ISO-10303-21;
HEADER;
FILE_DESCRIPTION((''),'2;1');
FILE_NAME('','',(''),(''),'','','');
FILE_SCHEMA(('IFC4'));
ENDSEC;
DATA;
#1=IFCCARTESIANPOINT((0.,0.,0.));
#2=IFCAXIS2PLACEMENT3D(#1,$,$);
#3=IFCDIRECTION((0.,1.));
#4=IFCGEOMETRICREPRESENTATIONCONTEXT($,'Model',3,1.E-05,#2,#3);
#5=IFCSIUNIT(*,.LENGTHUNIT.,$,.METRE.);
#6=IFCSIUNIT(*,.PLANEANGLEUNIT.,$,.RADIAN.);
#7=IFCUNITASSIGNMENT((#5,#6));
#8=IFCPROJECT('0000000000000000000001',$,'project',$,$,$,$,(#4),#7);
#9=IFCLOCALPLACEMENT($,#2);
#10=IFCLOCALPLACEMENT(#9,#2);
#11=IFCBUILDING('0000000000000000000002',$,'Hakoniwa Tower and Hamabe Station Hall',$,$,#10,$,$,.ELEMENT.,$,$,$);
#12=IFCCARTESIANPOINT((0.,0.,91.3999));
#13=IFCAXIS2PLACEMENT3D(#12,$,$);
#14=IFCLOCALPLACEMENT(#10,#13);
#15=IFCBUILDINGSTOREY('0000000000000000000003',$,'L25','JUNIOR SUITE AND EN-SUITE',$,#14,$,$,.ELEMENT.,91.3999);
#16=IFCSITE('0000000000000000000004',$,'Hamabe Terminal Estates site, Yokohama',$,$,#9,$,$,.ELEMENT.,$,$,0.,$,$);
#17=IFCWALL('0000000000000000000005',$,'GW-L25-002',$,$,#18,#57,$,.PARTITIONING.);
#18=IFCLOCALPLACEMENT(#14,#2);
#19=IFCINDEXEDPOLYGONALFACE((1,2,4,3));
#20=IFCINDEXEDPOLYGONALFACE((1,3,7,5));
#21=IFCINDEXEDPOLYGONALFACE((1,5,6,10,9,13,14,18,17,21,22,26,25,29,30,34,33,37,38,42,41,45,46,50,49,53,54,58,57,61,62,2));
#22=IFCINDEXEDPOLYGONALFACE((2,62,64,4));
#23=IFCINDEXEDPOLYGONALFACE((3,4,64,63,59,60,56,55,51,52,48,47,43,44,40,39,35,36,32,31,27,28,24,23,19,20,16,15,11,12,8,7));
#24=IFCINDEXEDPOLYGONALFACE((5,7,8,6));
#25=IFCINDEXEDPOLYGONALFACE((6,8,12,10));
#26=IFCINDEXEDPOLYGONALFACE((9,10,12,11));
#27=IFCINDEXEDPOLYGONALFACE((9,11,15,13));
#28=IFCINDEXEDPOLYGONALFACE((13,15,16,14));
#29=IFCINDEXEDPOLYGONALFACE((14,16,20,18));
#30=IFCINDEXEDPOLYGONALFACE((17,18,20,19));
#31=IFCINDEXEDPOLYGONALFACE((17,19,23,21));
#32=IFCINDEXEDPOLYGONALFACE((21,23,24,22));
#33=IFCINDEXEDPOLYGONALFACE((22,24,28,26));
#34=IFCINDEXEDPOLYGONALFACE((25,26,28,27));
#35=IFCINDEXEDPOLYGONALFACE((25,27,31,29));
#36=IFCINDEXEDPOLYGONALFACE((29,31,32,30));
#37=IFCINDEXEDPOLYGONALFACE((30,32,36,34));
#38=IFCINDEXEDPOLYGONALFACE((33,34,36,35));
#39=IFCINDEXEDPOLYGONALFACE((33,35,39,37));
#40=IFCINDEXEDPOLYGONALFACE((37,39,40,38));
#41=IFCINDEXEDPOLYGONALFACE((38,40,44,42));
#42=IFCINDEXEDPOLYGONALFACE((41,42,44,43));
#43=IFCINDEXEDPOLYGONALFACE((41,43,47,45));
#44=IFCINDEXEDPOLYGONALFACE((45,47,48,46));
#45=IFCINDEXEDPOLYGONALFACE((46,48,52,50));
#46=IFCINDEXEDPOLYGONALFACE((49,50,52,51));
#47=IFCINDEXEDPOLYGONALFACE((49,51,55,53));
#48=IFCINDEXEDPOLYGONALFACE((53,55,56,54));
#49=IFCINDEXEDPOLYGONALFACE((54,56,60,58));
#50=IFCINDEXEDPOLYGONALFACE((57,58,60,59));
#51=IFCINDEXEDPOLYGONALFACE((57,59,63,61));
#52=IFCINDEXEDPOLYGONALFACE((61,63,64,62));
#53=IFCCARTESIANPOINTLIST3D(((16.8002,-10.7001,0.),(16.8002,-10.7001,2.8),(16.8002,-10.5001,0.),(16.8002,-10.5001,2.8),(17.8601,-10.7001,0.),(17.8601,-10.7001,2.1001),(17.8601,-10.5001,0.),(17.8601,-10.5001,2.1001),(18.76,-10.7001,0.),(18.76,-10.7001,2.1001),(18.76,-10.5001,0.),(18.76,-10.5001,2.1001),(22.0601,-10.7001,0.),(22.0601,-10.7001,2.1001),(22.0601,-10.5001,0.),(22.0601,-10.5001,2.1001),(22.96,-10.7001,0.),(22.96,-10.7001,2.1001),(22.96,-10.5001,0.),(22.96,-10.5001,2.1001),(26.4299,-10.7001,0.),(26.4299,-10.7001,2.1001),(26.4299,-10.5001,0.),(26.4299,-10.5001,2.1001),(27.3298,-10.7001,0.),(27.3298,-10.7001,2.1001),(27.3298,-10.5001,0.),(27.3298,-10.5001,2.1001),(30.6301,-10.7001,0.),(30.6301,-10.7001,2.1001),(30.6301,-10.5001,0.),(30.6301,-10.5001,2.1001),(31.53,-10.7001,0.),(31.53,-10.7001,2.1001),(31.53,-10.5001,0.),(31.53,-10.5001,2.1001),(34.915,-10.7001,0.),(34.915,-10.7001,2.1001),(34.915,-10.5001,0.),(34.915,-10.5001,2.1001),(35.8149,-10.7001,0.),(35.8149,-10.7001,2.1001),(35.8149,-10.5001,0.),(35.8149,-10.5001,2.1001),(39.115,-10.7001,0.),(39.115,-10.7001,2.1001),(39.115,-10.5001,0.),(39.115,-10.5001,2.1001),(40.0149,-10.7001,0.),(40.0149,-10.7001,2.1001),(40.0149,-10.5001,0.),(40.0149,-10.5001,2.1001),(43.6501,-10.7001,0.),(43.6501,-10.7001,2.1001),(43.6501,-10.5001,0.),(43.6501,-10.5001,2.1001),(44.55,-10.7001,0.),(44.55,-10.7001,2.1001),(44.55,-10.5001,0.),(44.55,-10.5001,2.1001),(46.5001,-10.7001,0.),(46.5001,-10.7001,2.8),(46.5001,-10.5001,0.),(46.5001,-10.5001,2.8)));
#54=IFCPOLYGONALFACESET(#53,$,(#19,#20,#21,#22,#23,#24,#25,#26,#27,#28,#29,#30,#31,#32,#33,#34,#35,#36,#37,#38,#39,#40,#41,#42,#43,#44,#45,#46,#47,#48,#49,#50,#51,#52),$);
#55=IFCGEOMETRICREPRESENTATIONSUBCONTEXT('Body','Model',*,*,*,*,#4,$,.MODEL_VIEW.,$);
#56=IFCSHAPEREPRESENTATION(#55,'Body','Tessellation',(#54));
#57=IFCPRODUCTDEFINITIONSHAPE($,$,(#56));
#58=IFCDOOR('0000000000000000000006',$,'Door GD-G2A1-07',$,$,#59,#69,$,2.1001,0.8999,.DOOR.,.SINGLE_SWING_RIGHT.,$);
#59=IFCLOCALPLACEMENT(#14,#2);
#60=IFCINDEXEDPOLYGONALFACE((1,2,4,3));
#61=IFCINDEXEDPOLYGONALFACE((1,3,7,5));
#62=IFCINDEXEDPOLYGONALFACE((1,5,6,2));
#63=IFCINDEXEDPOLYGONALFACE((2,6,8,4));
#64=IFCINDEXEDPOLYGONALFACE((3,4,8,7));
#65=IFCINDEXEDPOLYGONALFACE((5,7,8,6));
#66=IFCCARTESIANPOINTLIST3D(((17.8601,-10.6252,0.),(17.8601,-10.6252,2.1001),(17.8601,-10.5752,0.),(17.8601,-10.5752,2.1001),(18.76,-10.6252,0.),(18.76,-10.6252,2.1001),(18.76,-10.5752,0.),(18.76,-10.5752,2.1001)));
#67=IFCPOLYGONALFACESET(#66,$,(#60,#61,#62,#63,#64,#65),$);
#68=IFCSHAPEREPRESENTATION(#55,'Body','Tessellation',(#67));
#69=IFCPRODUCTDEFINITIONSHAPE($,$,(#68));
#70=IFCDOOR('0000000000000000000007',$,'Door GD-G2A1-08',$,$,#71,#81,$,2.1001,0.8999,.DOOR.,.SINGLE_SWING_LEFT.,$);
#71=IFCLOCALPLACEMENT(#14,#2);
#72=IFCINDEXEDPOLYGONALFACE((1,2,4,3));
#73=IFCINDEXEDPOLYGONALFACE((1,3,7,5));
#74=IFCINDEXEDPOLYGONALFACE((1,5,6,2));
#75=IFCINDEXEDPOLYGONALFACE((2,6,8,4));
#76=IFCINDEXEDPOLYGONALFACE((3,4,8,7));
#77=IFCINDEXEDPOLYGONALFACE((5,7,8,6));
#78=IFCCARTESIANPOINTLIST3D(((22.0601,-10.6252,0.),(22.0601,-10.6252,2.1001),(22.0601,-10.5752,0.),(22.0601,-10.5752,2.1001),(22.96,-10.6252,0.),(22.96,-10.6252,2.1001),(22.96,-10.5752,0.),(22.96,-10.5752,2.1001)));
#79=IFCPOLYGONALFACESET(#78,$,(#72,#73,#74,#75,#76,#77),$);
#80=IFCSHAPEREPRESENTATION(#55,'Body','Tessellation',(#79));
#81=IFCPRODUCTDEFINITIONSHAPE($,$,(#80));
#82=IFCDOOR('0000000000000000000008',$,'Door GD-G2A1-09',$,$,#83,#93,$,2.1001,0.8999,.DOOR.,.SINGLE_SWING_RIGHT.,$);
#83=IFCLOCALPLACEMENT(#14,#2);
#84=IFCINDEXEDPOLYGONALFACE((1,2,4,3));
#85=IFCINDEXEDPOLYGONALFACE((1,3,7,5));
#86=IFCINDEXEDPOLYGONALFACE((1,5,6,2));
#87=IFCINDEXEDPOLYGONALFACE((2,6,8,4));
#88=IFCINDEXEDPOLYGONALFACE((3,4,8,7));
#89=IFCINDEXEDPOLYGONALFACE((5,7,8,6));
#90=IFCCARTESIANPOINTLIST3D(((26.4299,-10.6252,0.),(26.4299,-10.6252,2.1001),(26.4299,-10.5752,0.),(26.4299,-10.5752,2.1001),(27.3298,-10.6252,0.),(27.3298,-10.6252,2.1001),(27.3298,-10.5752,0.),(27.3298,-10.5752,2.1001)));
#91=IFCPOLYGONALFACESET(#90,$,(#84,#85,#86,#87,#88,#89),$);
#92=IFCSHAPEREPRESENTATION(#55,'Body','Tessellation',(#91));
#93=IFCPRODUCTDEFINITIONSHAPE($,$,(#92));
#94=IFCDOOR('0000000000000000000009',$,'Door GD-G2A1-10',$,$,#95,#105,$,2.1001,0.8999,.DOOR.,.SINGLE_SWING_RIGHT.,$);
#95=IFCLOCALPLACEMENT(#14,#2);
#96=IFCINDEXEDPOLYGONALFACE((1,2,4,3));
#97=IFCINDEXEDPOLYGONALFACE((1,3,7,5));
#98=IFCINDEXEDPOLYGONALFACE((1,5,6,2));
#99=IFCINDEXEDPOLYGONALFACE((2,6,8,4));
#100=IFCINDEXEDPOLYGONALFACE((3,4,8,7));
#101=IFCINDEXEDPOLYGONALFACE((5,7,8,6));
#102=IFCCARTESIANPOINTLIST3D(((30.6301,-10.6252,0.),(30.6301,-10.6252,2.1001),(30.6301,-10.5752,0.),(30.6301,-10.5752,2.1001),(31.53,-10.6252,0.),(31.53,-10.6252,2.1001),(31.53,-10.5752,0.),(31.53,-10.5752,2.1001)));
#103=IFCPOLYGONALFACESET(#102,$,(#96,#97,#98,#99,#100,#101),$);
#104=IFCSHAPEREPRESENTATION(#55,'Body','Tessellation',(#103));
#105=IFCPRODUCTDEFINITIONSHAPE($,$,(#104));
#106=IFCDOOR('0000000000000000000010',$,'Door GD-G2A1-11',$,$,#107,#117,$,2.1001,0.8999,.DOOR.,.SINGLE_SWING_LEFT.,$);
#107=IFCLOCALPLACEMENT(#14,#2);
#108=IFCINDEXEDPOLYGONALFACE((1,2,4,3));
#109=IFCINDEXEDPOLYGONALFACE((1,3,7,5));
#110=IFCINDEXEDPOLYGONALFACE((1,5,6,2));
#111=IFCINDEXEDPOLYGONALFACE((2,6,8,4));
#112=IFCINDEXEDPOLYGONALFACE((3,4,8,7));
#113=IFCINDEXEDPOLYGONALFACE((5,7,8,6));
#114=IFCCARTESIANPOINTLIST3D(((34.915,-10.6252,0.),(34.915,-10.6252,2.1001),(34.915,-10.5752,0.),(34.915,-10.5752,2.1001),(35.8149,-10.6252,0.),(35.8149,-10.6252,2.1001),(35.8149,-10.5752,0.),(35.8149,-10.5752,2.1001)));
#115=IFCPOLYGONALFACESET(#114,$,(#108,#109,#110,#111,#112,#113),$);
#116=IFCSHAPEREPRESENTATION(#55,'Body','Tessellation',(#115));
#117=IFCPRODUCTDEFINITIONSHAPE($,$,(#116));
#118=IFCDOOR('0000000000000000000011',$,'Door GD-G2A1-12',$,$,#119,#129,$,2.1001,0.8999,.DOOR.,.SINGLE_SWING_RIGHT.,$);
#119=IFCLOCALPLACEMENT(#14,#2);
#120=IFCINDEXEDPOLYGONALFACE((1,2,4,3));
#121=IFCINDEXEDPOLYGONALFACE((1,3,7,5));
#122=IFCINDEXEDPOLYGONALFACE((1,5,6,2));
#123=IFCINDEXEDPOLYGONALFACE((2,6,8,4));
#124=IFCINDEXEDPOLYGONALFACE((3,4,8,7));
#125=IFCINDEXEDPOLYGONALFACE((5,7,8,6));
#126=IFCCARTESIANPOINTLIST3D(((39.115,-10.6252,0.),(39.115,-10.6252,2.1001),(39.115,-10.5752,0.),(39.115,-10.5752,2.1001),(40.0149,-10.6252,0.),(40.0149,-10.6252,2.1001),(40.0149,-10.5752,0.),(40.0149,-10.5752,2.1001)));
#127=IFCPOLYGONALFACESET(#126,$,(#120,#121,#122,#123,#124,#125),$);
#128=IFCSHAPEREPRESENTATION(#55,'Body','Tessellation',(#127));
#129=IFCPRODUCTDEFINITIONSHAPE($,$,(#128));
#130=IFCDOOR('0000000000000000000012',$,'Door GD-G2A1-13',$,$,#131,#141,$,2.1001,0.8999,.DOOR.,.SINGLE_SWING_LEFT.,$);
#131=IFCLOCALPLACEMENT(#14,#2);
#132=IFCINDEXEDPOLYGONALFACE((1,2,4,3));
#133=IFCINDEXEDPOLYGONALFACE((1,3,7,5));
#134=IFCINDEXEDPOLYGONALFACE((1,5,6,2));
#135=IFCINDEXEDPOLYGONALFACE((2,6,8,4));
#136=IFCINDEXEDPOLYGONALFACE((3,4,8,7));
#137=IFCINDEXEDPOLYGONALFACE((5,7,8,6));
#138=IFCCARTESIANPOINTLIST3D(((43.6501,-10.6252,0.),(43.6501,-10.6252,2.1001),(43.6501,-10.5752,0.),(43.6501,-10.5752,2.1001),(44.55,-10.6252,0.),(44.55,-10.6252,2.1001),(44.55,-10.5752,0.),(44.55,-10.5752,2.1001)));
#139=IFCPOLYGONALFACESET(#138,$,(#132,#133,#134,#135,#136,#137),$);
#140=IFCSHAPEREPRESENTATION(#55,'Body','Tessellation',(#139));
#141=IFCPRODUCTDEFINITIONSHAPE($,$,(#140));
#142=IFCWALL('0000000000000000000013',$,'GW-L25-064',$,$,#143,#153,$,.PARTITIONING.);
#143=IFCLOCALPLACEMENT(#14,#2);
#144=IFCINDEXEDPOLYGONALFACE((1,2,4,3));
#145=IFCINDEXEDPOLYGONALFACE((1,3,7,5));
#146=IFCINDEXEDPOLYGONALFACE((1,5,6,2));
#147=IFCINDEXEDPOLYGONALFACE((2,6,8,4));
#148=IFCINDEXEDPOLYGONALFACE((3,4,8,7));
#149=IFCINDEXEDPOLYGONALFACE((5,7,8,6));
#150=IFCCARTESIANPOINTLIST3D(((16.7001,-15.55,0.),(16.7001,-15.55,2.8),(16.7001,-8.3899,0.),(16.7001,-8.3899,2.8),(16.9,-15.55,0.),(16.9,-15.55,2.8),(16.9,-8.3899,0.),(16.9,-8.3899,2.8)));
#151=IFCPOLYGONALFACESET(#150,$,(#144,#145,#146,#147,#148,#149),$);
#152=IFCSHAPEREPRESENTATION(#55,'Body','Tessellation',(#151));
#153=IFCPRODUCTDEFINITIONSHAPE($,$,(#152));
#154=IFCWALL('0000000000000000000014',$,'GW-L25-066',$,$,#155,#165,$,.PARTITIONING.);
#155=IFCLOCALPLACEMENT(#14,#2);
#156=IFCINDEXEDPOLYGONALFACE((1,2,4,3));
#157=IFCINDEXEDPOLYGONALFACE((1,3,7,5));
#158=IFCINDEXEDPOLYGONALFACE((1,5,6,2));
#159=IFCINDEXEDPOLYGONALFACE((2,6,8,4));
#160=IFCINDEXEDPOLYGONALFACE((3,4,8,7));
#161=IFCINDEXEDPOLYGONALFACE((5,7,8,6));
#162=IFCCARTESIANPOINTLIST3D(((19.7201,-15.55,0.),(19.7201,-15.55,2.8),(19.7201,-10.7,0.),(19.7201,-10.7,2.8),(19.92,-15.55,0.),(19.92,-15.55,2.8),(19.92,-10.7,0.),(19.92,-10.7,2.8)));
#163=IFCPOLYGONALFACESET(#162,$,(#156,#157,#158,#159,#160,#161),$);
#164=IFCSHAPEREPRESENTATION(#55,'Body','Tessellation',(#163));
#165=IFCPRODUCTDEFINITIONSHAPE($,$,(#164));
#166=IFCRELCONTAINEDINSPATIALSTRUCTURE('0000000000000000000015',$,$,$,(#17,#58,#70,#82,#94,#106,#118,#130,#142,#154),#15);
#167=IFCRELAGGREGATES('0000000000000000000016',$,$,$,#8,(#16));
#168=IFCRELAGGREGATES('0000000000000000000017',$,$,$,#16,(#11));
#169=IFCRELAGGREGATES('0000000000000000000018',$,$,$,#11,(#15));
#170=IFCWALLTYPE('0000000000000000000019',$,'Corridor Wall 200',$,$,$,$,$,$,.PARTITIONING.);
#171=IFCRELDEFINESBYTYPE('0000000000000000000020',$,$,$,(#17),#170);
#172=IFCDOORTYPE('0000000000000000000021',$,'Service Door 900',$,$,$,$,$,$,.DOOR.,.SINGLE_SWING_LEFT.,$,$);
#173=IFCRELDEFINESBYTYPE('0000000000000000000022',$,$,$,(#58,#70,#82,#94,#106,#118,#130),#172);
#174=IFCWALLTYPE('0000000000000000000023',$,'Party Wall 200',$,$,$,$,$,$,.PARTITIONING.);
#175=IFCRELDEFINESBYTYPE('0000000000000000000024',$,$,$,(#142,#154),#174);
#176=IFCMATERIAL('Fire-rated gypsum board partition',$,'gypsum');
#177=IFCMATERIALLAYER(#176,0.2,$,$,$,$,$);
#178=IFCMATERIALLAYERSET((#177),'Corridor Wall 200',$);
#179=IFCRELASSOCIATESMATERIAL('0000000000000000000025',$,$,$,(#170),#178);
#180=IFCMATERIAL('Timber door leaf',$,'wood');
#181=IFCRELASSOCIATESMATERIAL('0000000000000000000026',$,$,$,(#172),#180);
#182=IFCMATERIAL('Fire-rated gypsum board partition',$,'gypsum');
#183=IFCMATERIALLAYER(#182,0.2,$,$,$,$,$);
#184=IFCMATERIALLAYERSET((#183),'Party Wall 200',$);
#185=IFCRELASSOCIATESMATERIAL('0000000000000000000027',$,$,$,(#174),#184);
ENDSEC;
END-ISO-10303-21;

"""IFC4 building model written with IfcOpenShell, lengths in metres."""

from ifc_helpers import new_model, si_unit, direction, frame, frame_2d, origin, place, context, subcontext, project, spatial, rectangle, extrude, material, layer, layer_set, type_object, element, fill, save


model = new_model("IFC4")

# Units and contexts
model_context = context("Model", 3, precision=1e-05, world=origin(), true_north=direction((0.0, 1.0)))
body_context = subcontext(model_context, "Body", "Model", "MODEL_VIEW")
ifc_project = project(units=[si_unit("LENGTHUNIT", "METRE"), si_unit("PLANEANGLEUNIT", "RADIAN")], contexts=[model_context])

# Site, building, storey
site_placement = place(None, origin())
site = spatial("IfcSite", under=ifc_project, at=site_placement, Name="Hamabe Terminal Estates site, Yokohama", CompositionType="ELEMENT", RefElevation=0.0)
building_placement = place(site_placement, origin())
building = spatial("IfcBuilding", under=site, at=building_placement, Name="Hakoniwa Tower and Hamabe Station Hall", CompositionType="ELEMENT")
storey_placement = place(building_placement, frame((0.0, 0.0, 91.3999)))
storey = spatial("IfcBuildingStorey", under=building, at=storey_placement, Name="L25", Description="JUNIOR SUITE AND EN-SUITE", CompositionType="ELEMENT", Elevation=91.3999)

# Wall, openings, doors
ifc_material_1 = material(Name="Fire-rated gypsum board partition", Category="gypsum")
ifc_layer_1 = layer(ifc_material_1, 0.2)
ifc_layer_set_1 = layer_set([ifc_layer_1], Name="Corridor Wall 200")
wall_type_1 = type_object("IfcWallType", Name="Corridor Wall 200", PredefinedType="PARTITIONING", material=ifc_layer_set_1)
wall_1_placement = place(storey_placement, frame((16.8, -10.6001, 0.0), z_axis=(0.0, 0.0, 1.0), x_axis=(1.0, 0.0, 0.0)))
wall_1 = element("IfcWall", 1, at=wall_1_placement, inside=storey, type_object=wall_type_1, Name="GW-L25-002", PredefinedType="PARTITIONING", context=body_context, shape_type="SweptSolid", body=[
    extrude(rectangle(XDim=29.7, YDim=0.2, at=frame_2d((14.8501, 0.0))), origin(), (0.0, 0.0, 1.0), 2.8),
])
opening_1_placement = place(wall_1_placement, frame((1.0601, 0.0, 0.0)))
opening_1 = element("IfcOpeningElement", 2, at=opening_1_placement, cuts=wall_1, PredefinedType="OPENING", context=body_context, shape_type="SweptSolid", body=[
    extrude(rectangle(XDim=0.8999, YDim=2.1001, at=frame_2d((0.45, 1.05))), frame((0.0, 0.1099, 0.0), z_axis=(0.0, -1.0, 0.0), x_axis=(1.0, 0.0, 0.0)), (0.0, 0.0, 1.0), 0.22),
])
opening_2_placement = place(wall_1_placement, frame((5.26, 0.0, 0.0)))
opening_2 = element("IfcOpeningElement", 3, at=opening_2_placement, cuts=wall_1, PredefinedType="OPENING", context=body_context, shape_type="SweptSolid", body=[
    extrude(rectangle(XDim=0.8999, YDim=2.1001, at=frame_2d((0.45, 1.05))), frame((0.0, 0.1099, 0.0), z_axis=(0.0, -1.0, 0.0), x_axis=(1.0, 0.0, 0.0)), (0.0, 0.0, 1.0), 0.22),
])
opening_3_placement = place(wall_1_placement, frame((9.6299, 0.0, 0.0)))
opening_3 = element("IfcOpeningElement", 4, at=opening_3_placement, cuts=wall_1, PredefinedType="OPENING", context=body_context, shape_type="SweptSolid", body=[
    extrude(rectangle(XDim=0.8999, YDim=2.1001, at=frame_2d((0.45, 1.05))), frame((0.0, 0.1099, 0.0), z_axis=(0.0, -1.0, 0.0), x_axis=(1.0, 0.0, 0.0)), (0.0, 0.0, 1.0), 0.22),
])
opening_4_placement = place(wall_1_placement, frame((13.8301, 0.0, 0.0)))
opening_4 = element("IfcOpeningElement", 5, at=opening_4_placement, cuts=wall_1, PredefinedType="OPENING", context=body_context, shape_type="SweptSolid", body=[
    extrude(rectangle(XDim=0.8999, YDim=2.1001, at=frame_2d((0.45, 1.05))), frame((0.0, 0.1099, 0.0), z_axis=(0.0, -1.0, 0.0), x_axis=(1.0, 0.0, 0.0)), (0.0, 0.0, 1.0), 0.22),
])
opening_5_placement = place(wall_1_placement, frame((18.115, 0.0, 0.0)))
opening_5 = element("IfcOpeningElement", 6, at=opening_5_placement, cuts=wall_1, PredefinedType="OPENING", context=body_context, shape_type="SweptSolid", body=[
    extrude(rectangle(XDim=0.8999, YDim=2.1001, at=frame_2d((0.45, 1.05))), frame((0.0, 0.1099, 0.0), z_axis=(0.0, -1.0, 0.0), x_axis=(1.0, 0.0, 0.0)), (0.0, 0.0, 1.0), 0.22),
])
opening_6_placement = place(wall_1_placement, frame((22.3149, 0.0, 0.0)))
opening_6 = element("IfcOpeningElement", 7, at=opening_6_placement, cuts=wall_1, PredefinedType="OPENING", context=body_context, shape_type="SweptSolid", body=[
    extrude(rectangle(XDim=0.8999, YDim=2.1001, at=frame_2d((0.45, 1.05))), frame((0.0, 0.1099, 0.0), z_axis=(0.0, -1.0, 0.0), x_axis=(1.0, 0.0, 0.0)), (0.0, 0.0, 1.0), 0.22),
])
opening_7_placement = place(wall_1_placement, frame((26.8501, 0.0, 0.0)))
opening_7 = element("IfcOpeningElement", 8, at=opening_7_placement, cuts=wall_1, PredefinedType="OPENING", context=body_context, shape_type="SweptSolid", body=[
    extrude(rectangle(XDim=0.8999, YDim=2.1001, at=frame_2d((0.45, 1.05))), frame((0.0, 0.1099, 0.0), z_axis=(0.0, -1.0, 0.0), x_axis=(1.0, 0.0, 0.0)), (0.0, 0.0, 1.0), 0.22),
])
ifc_material_2 = material(Name="Timber door leaf", Category="wood")
door_type_1 = type_object("IfcDoorType", Name="Service Door 900", OperationType="SINGLE_SWING_LEFT", PredefinedType="DOOR", material=ifc_material_2)
door_1_placement = place(opening_1_placement, origin())
door_1 = element("IfcDoor", 9, at=door_1_placement, inside=storey, type_object=door_type_1, Name="Door GD-G2A1-07", OperationType="SINGLE_SWING_RIGHT", OverallHeight=2.1001, OverallWidth=0.8999, PredefinedType="DOOR", context=body_context, shape_type="SweptSolid", body=[
    extrude(rectangle(XDim=0.8999, YDim=2.1001, at=frame_2d((0.45, 1.05))), frame((0.0, 0.0249, 0.0), z_axis=(0.0, -1.0, 0.0), x_axis=(1.0, 0.0, 0.0)), (0.0, 0.0, 1.0), 0.05),
])
fill(opening_1, door_1)
door_2_placement = place(opening_2_placement, origin())
door_2 = element("IfcDoor", 10, at=door_2_placement, inside=storey, type_object=door_type_1, Name="Door GD-G2A1-08", OperationType="SINGLE_SWING_LEFT", OverallHeight=2.1001, OverallWidth=0.8999, PredefinedType="DOOR", context=body_context, shape_type="SweptSolid", body=[
    extrude(rectangle(XDim=0.8999, YDim=2.1001, at=frame_2d((0.45, 1.05))), frame((0.0, 0.0249, 0.0), z_axis=(0.0, -1.0, 0.0), x_axis=(1.0, 0.0, 0.0)), (0.0, 0.0, 1.0), 0.05),
])
fill(opening_2, door_2)
door_3_placement = place(opening_3_placement, origin())
door_3 = element("IfcDoor", 11, at=door_3_placement, inside=storey, type_object=door_type_1, Name="Door GD-G2A1-09", OperationType="SINGLE_SWING_RIGHT", OverallHeight=2.1001, OverallWidth=0.8999, PredefinedType="DOOR", context=body_context, shape_type="SweptSolid", body=[
    extrude(rectangle(XDim=0.8999, YDim=2.1001, at=frame_2d((0.45, 1.05))), frame((0.0, 0.0249, 0.0), z_axis=(0.0, -1.0, 0.0), x_axis=(1.0, 0.0, 0.0)), (0.0, 0.0, 1.0), 0.05),
])
fill(opening_3, door_3)
door_4_placement = place(opening_4_placement, origin())
door_4 = element("IfcDoor", 12, at=door_4_placement, inside=storey, type_object=door_type_1, Name="Door GD-G2A1-10", OperationType="SINGLE_SWING_RIGHT", OverallHeight=2.1001, OverallWidth=0.8999, PredefinedType="DOOR", context=body_context, shape_type="SweptSolid", body=[
    extrude(rectangle(XDim=0.8999, YDim=2.1001, at=frame_2d((0.45, 1.05))), frame((0.0, 0.0249, 0.0), z_axis=(0.0, -1.0, 0.0), x_axis=(1.0, 0.0, 0.0)), (0.0, 0.0, 1.0), 0.05),
])
fill(opening_4, door_4)
door_5_placement = place(opening_5_placement, origin())
door_5 = element("IfcDoor", 13, at=door_5_placement, inside=storey, type_object=door_type_1, Name="Door GD-G2A1-11", OperationType="SINGLE_SWING_LEFT", OverallHeight=2.1001, OverallWidth=0.8999, PredefinedType="DOOR", context=body_context, shape_type="SweptSolid", body=[
    extrude(rectangle(XDim=0.8999, YDim=2.1001, at=frame_2d((0.45, 1.05))), frame((0.0, 0.0249, 0.0), z_axis=(0.0, -1.0, 0.0), x_axis=(1.0, 0.0, 0.0)), (0.0, 0.0, 1.0), 0.05),
])
fill(opening_5, door_5)
door_6_placement = place(opening_6_placement, origin())
door_6 = element("IfcDoor", 14, at=door_6_placement, inside=storey, type_object=door_type_1, Name="Door GD-G2A1-12", OperationType="SINGLE_SWING_RIGHT", OverallHeight=2.1001, OverallWidth=0.8999, PredefinedType="DOOR", context=body_context, shape_type="SweptSolid", body=[
    extrude(rectangle(XDim=0.8999, YDim=2.1001, at=frame_2d((0.45, 1.05))), frame((0.0, 0.0249, 0.0), z_axis=(0.0, -1.0, 0.0), x_axis=(1.0, 0.0, 0.0)), (0.0, 0.0, 1.0), 0.05),
])
fill(opening_6, door_6)
door_7_placement = place(opening_7_placement, origin())
door_7 = element("IfcDoor", 15, at=door_7_placement, inside=storey, type_object=door_type_1, Name="Door GD-G2A1-13", OperationType="SINGLE_SWING_LEFT", OverallHeight=2.1001, OverallWidth=0.8999, PredefinedType="DOOR", context=body_context, shape_type="SweptSolid", body=[
    extrude(rectangle(XDim=0.8999, YDim=2.1001, at=frame_2d((0.45, 1.05))), frame((0.0, 0.0249, 0.0), z_axis=(0.0, -1.0, 0.0), x_axis=(1.0, 0.0, 0.0)), (0.0, 0.0, 1.0), 0.05),
])
fill(opening_7, door_7)

# Walls
ifc_material_3 = material(Name="Fire-rated gypsum board partition", Category="gypsum")
ifc_layer_2 = layer(ifc_material_3, 0.2)
ifc_layer_set_2 = layer_set([ifc_layer_2], Name="Party Wall 200")
wall_type_2 = type_object("IfcWallType", Name="Party Wall 200", PredefinedType="PARTITIONING", material=ifc_layer_set_2)
wall_2_placement = place(storey_placement, frame((16.8, -15.55, 0.0), z_axis=(0.0, 0.0, 1.0), x_axis=(0.0, 1.0, 0.0)))
element("IfcWall", 16, at=wall_2_placement, inside=storey, type_object=wall_type_2, Name="GW-L25-064", PredefinedType="PARTITIONING", context=body_context, shape_type="SweptSolid", body=[
    extrude(rectangle(XDim=7.1602, YDim=0.2, at=frame_2d((3.5801, 0.0))), origin(), (0.0, 0.0, 1.0), 2.8),
])
wall_3_placement = place(storey_placement, frame((19.8201, -15.55, 0.0), z_axis=(0.0, 0.0, 1.0), x_axis=(0.0, 1.0, 0.0)))
element("IfcWall", 17, at=wall_3_placement, inside=storey, type_object=wall_type_2, Name="GW-L25-066", PredefinedType="PARTITIONING", context=body_context, shape_type="SweptSolid", body=[
    extrude(rectangle(XDim=4.8501, YDim=0.2, at=frame_2d((2.425, 0.0))), origin(), (0.0, 0.0, 1.0), 2.8),
])

save(model, "model.ifc")
